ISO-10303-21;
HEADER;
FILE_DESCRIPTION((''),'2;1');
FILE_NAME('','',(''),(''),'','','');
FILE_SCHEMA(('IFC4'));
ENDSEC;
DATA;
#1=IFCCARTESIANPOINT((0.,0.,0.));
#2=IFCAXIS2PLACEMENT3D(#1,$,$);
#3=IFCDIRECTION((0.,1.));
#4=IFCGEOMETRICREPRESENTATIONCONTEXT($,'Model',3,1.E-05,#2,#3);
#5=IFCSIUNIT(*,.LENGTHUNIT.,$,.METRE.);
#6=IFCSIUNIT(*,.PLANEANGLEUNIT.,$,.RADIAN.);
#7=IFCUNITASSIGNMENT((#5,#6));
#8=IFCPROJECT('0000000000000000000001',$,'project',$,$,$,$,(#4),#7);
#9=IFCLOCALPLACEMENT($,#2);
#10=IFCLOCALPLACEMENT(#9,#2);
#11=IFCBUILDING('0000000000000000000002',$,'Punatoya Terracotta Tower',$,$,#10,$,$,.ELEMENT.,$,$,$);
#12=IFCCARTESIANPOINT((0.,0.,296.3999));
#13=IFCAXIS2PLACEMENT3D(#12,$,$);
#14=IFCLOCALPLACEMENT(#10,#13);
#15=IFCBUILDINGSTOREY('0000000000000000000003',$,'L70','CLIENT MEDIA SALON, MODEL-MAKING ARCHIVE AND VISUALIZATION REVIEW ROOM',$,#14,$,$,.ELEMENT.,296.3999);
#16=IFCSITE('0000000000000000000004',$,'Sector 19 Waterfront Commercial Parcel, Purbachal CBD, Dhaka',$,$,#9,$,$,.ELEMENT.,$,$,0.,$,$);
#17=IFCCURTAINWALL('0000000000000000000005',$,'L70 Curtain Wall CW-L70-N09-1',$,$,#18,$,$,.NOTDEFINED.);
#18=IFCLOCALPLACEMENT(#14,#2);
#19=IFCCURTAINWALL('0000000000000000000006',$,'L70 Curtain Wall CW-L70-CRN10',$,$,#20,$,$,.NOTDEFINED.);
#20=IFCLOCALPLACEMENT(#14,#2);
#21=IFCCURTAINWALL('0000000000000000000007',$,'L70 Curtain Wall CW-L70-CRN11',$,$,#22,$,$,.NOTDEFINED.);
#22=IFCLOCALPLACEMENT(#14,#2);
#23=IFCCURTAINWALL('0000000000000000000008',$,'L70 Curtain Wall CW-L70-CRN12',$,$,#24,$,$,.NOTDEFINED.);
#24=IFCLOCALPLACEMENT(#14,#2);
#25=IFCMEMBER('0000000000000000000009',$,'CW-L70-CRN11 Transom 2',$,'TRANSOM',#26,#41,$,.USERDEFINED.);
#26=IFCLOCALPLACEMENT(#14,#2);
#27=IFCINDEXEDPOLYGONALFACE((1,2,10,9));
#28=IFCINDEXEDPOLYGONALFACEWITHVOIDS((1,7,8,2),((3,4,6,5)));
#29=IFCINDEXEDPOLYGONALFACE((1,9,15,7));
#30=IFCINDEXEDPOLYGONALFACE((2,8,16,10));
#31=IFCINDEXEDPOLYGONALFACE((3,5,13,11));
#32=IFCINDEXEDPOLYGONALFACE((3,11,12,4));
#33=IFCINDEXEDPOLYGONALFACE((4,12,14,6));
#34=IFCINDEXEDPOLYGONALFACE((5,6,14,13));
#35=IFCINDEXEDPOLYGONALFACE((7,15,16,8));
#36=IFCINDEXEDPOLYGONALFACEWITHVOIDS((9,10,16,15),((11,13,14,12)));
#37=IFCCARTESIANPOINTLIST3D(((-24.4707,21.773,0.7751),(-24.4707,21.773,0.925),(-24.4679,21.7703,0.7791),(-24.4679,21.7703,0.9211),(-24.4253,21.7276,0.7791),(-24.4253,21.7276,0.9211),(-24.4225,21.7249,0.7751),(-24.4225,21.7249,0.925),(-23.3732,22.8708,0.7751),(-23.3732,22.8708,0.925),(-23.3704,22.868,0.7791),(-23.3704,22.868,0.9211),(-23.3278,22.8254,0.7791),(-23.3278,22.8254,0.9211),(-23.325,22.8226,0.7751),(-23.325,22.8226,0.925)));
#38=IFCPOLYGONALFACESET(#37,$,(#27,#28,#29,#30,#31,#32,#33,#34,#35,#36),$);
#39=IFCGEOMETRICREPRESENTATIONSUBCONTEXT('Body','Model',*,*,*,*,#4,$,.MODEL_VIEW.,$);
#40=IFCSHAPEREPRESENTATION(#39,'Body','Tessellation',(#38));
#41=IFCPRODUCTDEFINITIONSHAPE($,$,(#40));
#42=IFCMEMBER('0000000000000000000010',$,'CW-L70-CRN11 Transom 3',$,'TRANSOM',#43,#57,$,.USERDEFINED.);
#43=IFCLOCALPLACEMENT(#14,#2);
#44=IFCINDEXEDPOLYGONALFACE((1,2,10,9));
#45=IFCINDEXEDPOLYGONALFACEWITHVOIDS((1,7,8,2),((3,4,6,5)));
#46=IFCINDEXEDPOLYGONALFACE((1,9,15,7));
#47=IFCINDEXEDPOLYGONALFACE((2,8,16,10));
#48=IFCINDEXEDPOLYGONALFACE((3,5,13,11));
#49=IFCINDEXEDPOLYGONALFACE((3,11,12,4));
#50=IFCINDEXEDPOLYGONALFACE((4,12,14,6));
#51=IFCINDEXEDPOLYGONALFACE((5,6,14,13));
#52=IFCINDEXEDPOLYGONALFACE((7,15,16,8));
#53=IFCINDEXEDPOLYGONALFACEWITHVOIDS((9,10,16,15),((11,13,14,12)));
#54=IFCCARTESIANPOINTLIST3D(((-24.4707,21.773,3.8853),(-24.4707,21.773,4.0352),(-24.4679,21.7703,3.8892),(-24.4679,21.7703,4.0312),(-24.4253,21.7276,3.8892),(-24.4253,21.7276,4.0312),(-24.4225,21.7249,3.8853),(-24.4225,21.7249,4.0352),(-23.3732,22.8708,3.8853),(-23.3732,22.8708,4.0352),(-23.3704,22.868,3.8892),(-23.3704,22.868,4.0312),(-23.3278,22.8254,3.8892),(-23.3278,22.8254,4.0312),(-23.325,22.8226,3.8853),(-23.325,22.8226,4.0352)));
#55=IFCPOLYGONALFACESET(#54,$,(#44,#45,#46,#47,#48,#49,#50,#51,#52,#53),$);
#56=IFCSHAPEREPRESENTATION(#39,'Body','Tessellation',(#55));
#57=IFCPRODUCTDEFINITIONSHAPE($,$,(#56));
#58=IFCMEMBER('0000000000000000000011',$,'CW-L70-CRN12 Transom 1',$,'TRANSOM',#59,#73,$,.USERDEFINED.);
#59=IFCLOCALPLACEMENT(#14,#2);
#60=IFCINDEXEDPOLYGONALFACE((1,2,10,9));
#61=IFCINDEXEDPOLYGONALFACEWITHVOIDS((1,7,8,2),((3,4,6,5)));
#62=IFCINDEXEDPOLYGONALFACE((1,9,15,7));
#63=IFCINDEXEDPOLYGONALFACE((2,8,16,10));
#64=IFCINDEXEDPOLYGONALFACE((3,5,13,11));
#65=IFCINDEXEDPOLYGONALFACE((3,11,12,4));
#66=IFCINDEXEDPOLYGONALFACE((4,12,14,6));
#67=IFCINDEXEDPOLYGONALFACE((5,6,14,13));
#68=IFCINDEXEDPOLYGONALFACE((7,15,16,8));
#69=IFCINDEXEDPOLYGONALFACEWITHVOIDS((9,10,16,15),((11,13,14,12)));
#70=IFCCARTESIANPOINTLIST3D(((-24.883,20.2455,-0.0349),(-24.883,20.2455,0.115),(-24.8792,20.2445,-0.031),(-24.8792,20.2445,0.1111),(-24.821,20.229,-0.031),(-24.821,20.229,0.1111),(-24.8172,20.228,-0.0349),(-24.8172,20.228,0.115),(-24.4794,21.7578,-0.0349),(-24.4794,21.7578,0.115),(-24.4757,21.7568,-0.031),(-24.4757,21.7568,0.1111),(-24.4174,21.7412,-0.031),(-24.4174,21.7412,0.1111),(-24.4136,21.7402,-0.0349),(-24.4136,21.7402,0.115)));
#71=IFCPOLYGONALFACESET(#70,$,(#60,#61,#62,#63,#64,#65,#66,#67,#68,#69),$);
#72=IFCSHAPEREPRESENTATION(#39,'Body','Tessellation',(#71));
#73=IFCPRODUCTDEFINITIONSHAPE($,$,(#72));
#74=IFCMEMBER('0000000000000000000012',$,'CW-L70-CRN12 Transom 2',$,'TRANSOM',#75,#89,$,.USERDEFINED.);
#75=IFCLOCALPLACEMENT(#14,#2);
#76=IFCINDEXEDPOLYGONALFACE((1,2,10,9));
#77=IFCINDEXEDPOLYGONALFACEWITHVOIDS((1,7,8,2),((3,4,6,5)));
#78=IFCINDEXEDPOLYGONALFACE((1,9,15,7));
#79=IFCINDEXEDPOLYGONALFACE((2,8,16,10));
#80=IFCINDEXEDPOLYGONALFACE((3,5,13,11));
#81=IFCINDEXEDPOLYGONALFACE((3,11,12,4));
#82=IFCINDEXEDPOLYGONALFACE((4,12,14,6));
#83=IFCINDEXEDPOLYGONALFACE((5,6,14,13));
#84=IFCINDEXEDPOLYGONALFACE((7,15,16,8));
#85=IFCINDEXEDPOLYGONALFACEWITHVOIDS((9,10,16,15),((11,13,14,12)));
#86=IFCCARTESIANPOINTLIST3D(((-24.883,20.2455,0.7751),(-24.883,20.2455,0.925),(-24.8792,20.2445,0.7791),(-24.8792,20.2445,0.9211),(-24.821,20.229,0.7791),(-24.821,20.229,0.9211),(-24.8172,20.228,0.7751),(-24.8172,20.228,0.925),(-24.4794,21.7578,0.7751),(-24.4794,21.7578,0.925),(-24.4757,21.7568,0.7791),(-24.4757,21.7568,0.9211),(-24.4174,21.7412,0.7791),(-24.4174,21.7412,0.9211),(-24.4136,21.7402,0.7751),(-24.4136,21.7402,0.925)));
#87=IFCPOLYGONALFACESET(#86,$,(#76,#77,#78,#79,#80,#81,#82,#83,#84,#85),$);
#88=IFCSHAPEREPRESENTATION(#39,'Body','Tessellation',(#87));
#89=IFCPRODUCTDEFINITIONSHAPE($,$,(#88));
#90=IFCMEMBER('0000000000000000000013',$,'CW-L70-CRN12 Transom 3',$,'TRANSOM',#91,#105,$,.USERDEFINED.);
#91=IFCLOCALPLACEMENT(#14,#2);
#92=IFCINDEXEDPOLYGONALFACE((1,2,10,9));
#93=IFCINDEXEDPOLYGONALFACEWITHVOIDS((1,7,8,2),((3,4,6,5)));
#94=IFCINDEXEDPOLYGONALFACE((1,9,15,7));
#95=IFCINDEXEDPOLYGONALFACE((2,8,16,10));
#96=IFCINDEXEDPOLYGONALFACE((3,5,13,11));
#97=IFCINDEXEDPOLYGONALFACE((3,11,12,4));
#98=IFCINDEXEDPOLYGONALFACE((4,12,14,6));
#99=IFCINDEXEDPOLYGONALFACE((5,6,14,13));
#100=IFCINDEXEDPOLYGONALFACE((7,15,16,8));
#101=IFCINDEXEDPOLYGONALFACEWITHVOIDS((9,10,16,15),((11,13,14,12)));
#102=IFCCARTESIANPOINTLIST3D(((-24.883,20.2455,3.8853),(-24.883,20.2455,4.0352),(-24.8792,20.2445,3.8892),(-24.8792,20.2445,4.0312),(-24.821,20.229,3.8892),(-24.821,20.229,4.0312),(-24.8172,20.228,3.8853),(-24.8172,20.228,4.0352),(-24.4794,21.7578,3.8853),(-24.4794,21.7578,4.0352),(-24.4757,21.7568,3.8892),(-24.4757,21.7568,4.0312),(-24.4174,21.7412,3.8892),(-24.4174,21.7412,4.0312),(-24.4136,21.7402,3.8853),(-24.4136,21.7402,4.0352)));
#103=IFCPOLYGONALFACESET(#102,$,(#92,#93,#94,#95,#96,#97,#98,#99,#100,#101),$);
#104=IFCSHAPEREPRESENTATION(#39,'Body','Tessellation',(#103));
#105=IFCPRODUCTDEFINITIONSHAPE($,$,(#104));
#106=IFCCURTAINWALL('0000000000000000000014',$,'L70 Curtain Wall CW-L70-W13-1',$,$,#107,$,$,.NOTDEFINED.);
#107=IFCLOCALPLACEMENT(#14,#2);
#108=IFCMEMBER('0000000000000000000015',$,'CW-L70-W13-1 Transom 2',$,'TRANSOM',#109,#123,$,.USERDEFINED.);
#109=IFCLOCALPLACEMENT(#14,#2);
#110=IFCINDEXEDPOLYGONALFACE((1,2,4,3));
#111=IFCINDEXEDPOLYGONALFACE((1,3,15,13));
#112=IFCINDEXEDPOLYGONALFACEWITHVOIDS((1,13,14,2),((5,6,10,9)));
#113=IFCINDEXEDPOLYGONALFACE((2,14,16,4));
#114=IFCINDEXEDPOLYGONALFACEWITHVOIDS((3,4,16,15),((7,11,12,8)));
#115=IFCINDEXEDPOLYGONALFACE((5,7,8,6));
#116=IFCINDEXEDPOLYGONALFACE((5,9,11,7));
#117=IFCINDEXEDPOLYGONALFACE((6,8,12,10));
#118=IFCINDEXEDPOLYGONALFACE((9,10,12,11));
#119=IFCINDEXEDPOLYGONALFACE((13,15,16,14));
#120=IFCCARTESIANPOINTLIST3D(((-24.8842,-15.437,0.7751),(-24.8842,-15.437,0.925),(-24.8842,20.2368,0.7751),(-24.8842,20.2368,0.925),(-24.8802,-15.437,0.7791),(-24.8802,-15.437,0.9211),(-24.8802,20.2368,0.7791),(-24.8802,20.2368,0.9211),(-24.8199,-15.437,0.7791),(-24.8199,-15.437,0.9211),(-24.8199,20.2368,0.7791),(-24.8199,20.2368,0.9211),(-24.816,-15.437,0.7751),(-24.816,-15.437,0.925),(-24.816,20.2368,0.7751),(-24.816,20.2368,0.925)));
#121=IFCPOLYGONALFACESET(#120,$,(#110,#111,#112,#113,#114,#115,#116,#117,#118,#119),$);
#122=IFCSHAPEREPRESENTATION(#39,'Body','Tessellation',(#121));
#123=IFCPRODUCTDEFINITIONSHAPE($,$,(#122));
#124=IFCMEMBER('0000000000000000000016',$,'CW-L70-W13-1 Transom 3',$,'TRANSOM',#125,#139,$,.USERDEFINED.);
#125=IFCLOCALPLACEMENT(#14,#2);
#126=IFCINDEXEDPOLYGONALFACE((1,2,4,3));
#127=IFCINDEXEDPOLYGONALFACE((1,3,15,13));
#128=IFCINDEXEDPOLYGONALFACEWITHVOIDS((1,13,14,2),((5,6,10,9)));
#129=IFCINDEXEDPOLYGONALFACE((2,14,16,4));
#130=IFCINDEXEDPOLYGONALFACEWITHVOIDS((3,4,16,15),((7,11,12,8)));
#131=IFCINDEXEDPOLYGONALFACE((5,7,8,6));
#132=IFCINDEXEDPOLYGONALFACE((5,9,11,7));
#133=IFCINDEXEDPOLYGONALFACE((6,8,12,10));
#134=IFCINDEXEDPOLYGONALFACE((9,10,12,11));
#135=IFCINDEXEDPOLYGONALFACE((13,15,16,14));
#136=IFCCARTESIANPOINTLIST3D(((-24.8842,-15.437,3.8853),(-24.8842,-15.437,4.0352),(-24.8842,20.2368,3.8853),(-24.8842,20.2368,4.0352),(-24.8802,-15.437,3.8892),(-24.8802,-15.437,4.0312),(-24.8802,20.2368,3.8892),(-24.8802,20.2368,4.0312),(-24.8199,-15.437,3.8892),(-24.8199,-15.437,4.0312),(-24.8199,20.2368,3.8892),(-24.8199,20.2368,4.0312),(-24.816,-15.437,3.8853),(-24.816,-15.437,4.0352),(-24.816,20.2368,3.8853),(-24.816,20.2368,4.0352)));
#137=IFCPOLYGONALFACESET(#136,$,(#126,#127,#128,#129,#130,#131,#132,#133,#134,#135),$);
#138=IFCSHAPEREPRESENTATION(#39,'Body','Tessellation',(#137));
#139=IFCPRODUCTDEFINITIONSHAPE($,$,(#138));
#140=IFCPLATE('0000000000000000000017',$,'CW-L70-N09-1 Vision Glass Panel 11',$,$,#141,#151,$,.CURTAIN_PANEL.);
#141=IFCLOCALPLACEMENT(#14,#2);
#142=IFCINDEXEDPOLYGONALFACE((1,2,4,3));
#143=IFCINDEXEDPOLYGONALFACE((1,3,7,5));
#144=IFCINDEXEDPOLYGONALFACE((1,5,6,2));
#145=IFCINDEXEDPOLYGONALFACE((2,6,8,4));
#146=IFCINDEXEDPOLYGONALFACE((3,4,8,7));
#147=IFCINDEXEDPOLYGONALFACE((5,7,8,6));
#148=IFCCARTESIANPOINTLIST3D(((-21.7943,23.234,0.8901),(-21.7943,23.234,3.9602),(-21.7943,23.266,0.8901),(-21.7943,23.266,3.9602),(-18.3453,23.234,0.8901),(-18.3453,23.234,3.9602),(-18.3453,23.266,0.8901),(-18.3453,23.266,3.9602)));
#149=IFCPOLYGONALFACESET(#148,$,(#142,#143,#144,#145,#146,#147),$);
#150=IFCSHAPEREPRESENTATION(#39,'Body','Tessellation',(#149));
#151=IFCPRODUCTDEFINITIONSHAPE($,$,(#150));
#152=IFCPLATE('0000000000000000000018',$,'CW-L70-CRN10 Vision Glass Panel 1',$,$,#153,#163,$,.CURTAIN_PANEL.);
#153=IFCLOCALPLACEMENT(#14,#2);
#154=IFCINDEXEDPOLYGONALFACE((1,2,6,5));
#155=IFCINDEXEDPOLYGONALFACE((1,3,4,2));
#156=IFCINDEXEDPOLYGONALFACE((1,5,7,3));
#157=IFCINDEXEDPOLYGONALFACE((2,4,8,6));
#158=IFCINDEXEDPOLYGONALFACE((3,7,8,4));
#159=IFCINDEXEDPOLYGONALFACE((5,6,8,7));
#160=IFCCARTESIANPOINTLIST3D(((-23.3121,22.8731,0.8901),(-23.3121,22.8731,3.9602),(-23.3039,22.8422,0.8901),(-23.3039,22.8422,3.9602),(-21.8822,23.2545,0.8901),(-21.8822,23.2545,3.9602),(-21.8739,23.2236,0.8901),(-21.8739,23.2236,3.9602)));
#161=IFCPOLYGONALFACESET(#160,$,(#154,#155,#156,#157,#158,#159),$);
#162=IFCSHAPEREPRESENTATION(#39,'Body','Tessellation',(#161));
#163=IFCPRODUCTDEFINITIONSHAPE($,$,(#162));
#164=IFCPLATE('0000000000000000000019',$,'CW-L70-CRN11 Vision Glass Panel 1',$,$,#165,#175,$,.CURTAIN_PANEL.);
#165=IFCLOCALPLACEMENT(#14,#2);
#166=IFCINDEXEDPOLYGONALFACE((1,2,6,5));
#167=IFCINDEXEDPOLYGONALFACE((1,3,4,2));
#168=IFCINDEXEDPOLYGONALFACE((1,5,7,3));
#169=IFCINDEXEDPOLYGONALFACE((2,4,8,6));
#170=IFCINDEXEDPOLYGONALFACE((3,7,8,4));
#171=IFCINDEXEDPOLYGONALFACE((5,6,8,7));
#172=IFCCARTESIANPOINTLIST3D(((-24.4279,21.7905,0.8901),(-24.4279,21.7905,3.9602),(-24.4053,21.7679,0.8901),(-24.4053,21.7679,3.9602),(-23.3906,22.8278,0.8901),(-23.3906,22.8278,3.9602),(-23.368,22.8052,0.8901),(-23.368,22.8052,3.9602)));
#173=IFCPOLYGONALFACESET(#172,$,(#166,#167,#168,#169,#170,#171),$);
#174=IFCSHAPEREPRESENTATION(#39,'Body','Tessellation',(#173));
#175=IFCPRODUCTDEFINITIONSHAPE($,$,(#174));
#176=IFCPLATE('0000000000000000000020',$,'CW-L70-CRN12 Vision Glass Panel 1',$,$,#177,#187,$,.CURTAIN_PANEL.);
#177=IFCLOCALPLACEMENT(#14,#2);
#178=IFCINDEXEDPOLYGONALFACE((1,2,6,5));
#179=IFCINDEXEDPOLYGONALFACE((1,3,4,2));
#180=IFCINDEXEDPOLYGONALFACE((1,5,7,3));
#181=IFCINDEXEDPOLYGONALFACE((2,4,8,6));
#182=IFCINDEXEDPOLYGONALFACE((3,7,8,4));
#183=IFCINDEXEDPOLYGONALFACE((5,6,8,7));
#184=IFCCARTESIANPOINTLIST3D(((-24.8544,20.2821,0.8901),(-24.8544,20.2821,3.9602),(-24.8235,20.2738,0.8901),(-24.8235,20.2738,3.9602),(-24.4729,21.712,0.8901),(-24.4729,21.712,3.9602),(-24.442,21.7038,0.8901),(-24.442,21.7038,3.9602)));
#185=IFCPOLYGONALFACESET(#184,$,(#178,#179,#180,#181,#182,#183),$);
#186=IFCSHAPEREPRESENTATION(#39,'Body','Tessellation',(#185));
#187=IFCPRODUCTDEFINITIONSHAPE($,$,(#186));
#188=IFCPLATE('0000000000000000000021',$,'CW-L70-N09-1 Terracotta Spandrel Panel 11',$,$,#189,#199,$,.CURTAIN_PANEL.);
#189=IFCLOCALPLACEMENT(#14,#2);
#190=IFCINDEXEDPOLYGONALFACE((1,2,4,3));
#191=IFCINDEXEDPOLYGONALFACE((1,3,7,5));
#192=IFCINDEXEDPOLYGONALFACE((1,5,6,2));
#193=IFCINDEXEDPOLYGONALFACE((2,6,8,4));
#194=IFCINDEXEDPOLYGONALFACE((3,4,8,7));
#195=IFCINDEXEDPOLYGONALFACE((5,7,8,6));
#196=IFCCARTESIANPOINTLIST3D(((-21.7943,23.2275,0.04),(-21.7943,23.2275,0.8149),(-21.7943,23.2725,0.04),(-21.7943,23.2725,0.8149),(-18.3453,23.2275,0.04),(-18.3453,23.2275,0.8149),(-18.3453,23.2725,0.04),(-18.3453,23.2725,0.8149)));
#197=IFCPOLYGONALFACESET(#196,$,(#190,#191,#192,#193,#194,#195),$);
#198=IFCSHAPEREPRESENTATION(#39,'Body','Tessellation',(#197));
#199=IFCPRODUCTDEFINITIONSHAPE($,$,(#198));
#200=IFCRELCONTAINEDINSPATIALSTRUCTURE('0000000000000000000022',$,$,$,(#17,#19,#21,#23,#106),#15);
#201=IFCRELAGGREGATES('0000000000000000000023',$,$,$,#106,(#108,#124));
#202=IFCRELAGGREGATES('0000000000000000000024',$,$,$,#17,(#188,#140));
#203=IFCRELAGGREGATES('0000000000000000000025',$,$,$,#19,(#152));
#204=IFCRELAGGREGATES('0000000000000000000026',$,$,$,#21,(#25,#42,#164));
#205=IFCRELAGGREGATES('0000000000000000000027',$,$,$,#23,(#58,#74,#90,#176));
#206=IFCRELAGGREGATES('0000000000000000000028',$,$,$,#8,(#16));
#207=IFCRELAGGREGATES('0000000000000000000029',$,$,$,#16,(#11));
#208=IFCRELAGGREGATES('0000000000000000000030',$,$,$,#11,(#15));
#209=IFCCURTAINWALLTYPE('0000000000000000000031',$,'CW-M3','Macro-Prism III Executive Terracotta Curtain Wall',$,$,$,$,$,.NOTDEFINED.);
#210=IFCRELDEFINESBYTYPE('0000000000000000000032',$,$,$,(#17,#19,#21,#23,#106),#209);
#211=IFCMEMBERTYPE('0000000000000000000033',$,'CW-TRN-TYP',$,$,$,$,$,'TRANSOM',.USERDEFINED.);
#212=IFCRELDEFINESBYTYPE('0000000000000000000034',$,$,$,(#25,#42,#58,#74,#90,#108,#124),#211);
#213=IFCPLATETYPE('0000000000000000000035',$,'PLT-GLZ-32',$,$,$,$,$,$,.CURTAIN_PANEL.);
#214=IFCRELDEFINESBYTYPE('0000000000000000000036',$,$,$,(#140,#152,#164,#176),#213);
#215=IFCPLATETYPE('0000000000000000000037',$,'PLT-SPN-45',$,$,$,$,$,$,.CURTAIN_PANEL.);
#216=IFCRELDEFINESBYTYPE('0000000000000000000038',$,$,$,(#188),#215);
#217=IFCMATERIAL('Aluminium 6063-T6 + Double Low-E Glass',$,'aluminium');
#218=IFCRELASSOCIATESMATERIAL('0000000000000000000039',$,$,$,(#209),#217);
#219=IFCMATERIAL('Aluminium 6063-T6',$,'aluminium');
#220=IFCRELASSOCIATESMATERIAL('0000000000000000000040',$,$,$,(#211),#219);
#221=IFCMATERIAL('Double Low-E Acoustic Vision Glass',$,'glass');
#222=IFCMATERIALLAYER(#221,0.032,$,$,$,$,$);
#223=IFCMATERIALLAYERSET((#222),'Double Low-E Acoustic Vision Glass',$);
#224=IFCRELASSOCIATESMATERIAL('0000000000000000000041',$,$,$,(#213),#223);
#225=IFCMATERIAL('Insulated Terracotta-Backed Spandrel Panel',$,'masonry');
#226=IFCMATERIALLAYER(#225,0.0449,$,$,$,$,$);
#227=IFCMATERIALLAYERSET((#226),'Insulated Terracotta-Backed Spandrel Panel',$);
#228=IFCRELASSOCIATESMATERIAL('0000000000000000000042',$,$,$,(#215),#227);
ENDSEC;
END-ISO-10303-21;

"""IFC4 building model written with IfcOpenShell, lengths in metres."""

from ifc_helpers import new_model, si_unit, direction, frame, origin, origin_2d, place, context, subcontext, project, spatial, rectangle, hollow_rectangle, extrude, material, layer, layer_set, material_profile, profile_set, type_object, element, aggregate, save


model = new_model("IFC4")

# Units and contexts
model_context = context("Model", 3, precision=1e-05, world=origin(), true_north=direction((0.0, 1.0)))
body_context = subcontext(model_context, "Body", "Model", "MODEL_VIEW")
ifc_project = project(units=[si_unit("LENGTHUNIT", "METRE"), si_unit("PLANEANGLEUNIT", "RADIAN")], contexts=[model_context])

# Site, building, storey
site_placement = place(None, origin())
site = spatial("IfcSite", under=ifc_project, at=site_placement, Name="Sector 19 Waterfront Commercial Parcel, Purbachal CBD, Dhaka", CompositionType="ELEMENT", RefElevation=0.0)
building_placement = place(site_placement, origin())
building = spatial("IfcBuilding", under=site, at=building_placement, Name="Punatoya Terracotta Tower", CompositionType="ELEMENT")
storey_placement = place(building_placement, frame((0.0, 0.0, 296.3999)))
storey = spatial("IfcBuildingStorey", under=building, at=storey_placement, Name="L70", Description="CLIENT MEDIA SALON, MODEL-MAKING ARCHIVE AND VISUALIZATION REVIEW ROOM", CompositionType="ELEMENT", Elevation=296.3999)

# Curtain wall
ifc_material_1 = material(Name="Aluminium 6063-T6 + Double Low-E Glass", Category="aluminium")
curtain_wall_type = type_object("IfcCurtainWallType", Name="CW-M3", Description="Macro-Prism III Executive Terracotta Curtain Wall", PredefinedType="NOTDEFINED", material=ifc_material_1)
curtain_wall_1_placement = place(storey_placement, origin())
curtain_wall_1 = element("IfcCurtainWall", 1, at=curtain_wall_1_placement, inside=storey, type_object=curtain_wall_type, Name="L70 Curtain Wall CW-L70-N09-1", PredefinedType="NOTDEFINED")
ifc_material_2 = material(Name="Aluminium 6063-T6", Category="aluminium")

# Curtain walls
curtain_wall_2_placement = place(storey_placement, origin())
curtain_wall_2 = element("IfcCurtainWall", 2, at=curtain_wall_2_placement, inside=storey, type_object=curtain_wall_type, Name="L70 Curtain Wall CW-L70-CRN10", PredefinedType="NOTDEFINED")
curtain_wall_3_placement = place(storey_placement, origin())
curtain_wall_3 = element("IfcCurtainWall", 3, at=curtain_wall_3_placement, inside=storey, type_object=curtain_wall_type, Name="L70 Curtain Wall CW-L70-CRN11", PredefinedType="NOTDEFINED")
curtain_wall_4_placement = place(storey_placement, origin())
curtain_wall_4 = element("IfcCurtainWall", 4, at=curtain_wall_4_placement, inside=storey, type_object=curtain_wall_type, Name="L70 Curtain Wall CW-L70-CRN12", PredefinedType="NOTDEFINED")

# Members
ifc_material_profile_1 = material_profile(ifc_material_2, hollow_rectangle(XDim=0.0681, YDim=0.1499, WallThickness=0.0039, at=origin_2d()))
ifc_profile_set_1 = profile_set([ifc_material_profile_1], Name="Aluminium 6063-T6")
member_type_1 = type_object("IfcMemberType", Name="CW-TRN-TYP", ElementType="TRANSOM", PredefinedType="USERDEFINED", material=ifc_profile_set_1)
member_1_placement = place(storey_placement, frame((-23.3491, 22.8467, 0.8501), z_axis=(-0.707028, -0.707185, 0.0), x_axis=(0.707185, -0.707028, 0.0)))
member_1 = element("IfcMember", 5, at=member_1_placement, type_object=member_type_1, Name="CW-L70-CRN11 Transom 2", ObjectType="TRANSOM", PredefinedType="USERDEFINED", context=body_context, shape_type="SweptSolid", body=[
    extrude(hollow_rectangle(XDim=0.0681, YDim=0.1499, WallThickness=0.0039, at=origin_2d()), origin(), (0.0, 0.0, 1.0), 1.5522),
])
member_2_placement = place(storey_placement, frame((-23.3491, 22.8467, 3.9602), z_axis=(-0.707028, -0.707185, 0.0), x_axis=(0.707185, -0.707028, 0.0)))
member_2 = element("IfcMember", 6, at=member_2_placement, type_object=member_type_1, Name="CW-L70-CRN11 Transom 3", ObjectType="TRANSOM", PredefinedType="USERDEFINED", context=body_context, shape_type="SweptSolid", body=[
    extrude(hollow_rectangle(XDim=0.0681, YDim=0.1499, WallThickness=0.0039, at=origin_2d()), origin(), (0.0, 0.0, 1.0), 1.5522),
])
member_3_placement = place(storey_placement, frame((-24.4465, 21.749, 0.04), z_axis=(-0.257847, -0.966186, 0.0), x_axis=(0.966186, -0.257847, 0.0)))
member_3 = element("IfcMember", 7, at=member_3_placement, type_object=member_type_1, Name="CW-L70-CRN12 Transom 1", ObjectType="TRANSOM", PredefinedType="USERDEFINED", context=body_context, shape_type="SweptSolid", body=[
    extrude(hollow_rectangle(XDim=0.0681, YDim=0.1499, WallThickness=0.0039, at=origin_2d()), origin(), (0.0, 0.0, 1.0), 1.5652),
])
member_4_placement = place(storey_placement, frame((-24.4465, 21.749, 0.8501), z_axis=(-0.257847, -0.966186, 0.0), x_axis=(0.966186, -0.257847, 0.0)))
member_4 = element("IfcMember", 8, at=member_4_placement, type_object=member_type_1, Name="CW-L70-CRN12 Transom 2", ObjectType="TRANSOM", PredefinedType="USERDEFINED", context=body_context, shape_type="SweptSolid", body=[
    extrude(hollow_rectangle(XDim=0.0681, YDim=0.1499, WallThickness=0.0039, at=origin_2d()), origin(), (0.0, 0.0, 1.0), 1.5652),
])
member_5_placement = place(storey_placement, frame((-24.4465, 21.749, 3.9602), z_axis=(-0.257847, -0.966186, 0.0), x_axis=(0.966186, -0.257847, 0.0)))
member_5 = element("IfcMember", 9, at=member_5_placement, type_object=member_type_1, Name="CW-L70-CRN12 Transom 3", ObjectType="TRANSOM", PredefinedType="USERDEFINED", context=body_context, shape_type="SweptSolid", body=[
    extrude(hollow_rectangle(XDim=0.0681, YDim=0.1499, WallThickness=0.0039, at=origin_2d()), origin(), (0.0, 0.0, 1.0), 1.5652),
])

# Curtain wall, members
curtain_wall_5_placement = place(storey_placement, origin())
curtain_wall_5 = element("IfcCurtainWall", 10, at=curtain_wall_5_placement, inside=storey, type_object=curtain_wall_type, Name="L70 Curtain Wall CW-L70-W13-1", PredefinedType="NOTDEFINED")
member_6_placement = place(storey_placement, frame((-24.8501, 20.2368, 0.8501), z_axis=(0.0, -1.0, 0.0), x_axis=(1.0, 0.0, 0.0)))
member_6 = element("IfcMember", 11, at=member_6_placement, type_object=member_type_1, Name="CW-L70-W13-1 Transom 2", ObjectType="TRANSOM", PredefinedType="USERDEFINED", context=body_context, shape_type="SweptSolid", body=[
    extrude(hollow_rectangle(XDim=0.0681, YDim=0.1499, WallThickness=0.0039, at=origin_2d()), origin(), (0.0, 0.0, 1.0), 35.6738),
])
member_7_placement = place(storey_placement, frame((-24.8501, 20.2368, 3.9602), z_axis=(0.0, -1.0, 0.0), x_axis=(1.0, 0.0, 0.0)))
member_7 = element("IfcMember", 12, at=member_7_placement, type_object=member_type_1, Name="CW-L70-W13-1 Transom 3", ObjectType="TRANSOM", PredefinedType="USERDEFINED", context=body_context, shape_type="SweptSolid", body=[
    extrude(hollow_rectangle(XDim=0.0681, YDim=0.1499, WallThickness=0.0039, at=origin_2d()), origin(), (0.0, 0.0, 1.0), 35.6738),
])
aggregate(curtain_wall_5, [member_6, member_7])

# Plates
ifc_material_3 = material(Name="Double Low-E Acoustic Vision Glass", Category="glass")
ifc_layer_1 = layer(ifc_material_3, 0.032)
ifc_layer_set_1 = layer_set([ifc_layer_1], Name="Double Low-E Acoustic Vision Glass")
plate_type_1 = type_object("IfcPlateType", Name="PLT-GLZ-32", PredefinedType="CURTAIN_PANEL", material=ifc_layer_set_1)
plate_1_placement = place(storey_placement, frame((-20.0698, 23.25, 0.8901), z_axis=(0.0, 0.0, 1.0), x_axis=(-1.0, 0.0, 0.0)))
plate_1 = element("IfcPlate", 13, at=plate_1_placement, type_object=plate_type_1, Name="CW-L70-N09-1 Vision Glass Panel 11", PredefinedType="CURTAIN_PANEL", context=body_context, shape_type="SweptSolid", body=[
    extrude(rectangle(XDim=3.449, YDim=0.032, at=origin_2d()), origin(), (0.0, 0.0, 1.0), 3.0701),
])
plate_2_placement = place(storey_placement, frame((-22.593, 23.0483, 0.8901), z_axis=(0.0, 0.0, 1.0), x_axis=(-0.966214, -0.257742, 0.0)))
plate_2 = element("IfcPlate", 14, at=plate_2_placement, type_object=plate_type_1, Name="CW-L70-CRN10 Vision Glass Panel 1", PredefinedType="CURTAIN_PANEL", context=body_context, shape_type="SweptSolid", body=[
    extrude(rectangle(XDim=1.48, YDim=0.032, at=origin_2d()), origin(), (0.0, 0.0, 1.0), 3.0701),
])
plate_3_placement = place(storey_placement, frame((-23.8979, 22.2979, 0.8901), z_axis=(0.0, 0.0, 1.0), x_axis=(-0.707107, -0.707107, 0.0)))
plate_3 = element("IfcPlate", 15, at=plate_3_placement, type_object=plate_type_1, Name="CW-L70-CRN11 Vision Glass Panel 1", PredefinedType="CURTAIN_PANEL", context=body_context, shape_type="SweptSolid", body=[
    extrude(rectangle(XDim=1.467, YDim=0.032, at=origin_2d()), origin(), (0.0, 0.0, 1.0), 3.0701),
])
plate_4_placement = place(storey_placement, frame((-24.6482, 20.9929, 0.8901), z_axis=(0.0, 0.0, 1.0), x_axis=(-0.257742, -0.966214, 0.0)))
plate_4 = element("IfcPlate", 16, at=plate_4_placement, type_object=plate_type_1, Name="CW-L70-CRN12 Vision Glass Panel 1", PredefinedType="CURTAIN_PANEL", context=body_context, shape_type="SweptSolid", body=[
    extrude(rectangle(XDim=1.48, YDim=0.032, at=origin_2d()), origin(), (0.0, 0.0, 1.0), 3.0701),
])
ifc_material_4 = material(Name="Insulated Terracotta-Backed Spandrel Panel", Category="masonry")
ifc_layer_2 = layer(ifc_material_4, 0.0449)
ifc_layer_set_2 = layer_set([ifc_layer_2], Name="Insulated Terracotta-Backed Spandrel Panel")
plate_type_2 = type_object("IfcPlateType", Name="PLT-SPN-45", PredefinedType="CURTAIN_PANEL", material=ifc_layer_set_2)
plate_5_placement = place(storey_placement, frame((-20.0698, 23.25, 0.04), z_axis=(0.0, 0.0, 1.0), x_axis=(-1.0, 0.0, 0.0)))
plate_5 = element("IfcPlate", 17, at=plate_5_placement, type_object=plate_type_2, Name="CW-L70-N09-1 Terracotta Spandrel Panel 11", PredefinedType="CURTAIN_PANEL", context=body_context, shape_type="SweptSolid", body=[
    extrude(rectangle(XDim=3.449, YDim=0.0449, at=origin_2d()), origin(), (0.0, 0.0, 1.0), 0.7749),
])
aggregate(curtain_wall_1, [plate_5, plate_1])
aggregate(curtain_wall_2, [plate_2])
aggregate(curtain_wall_3, [member_1, member_2, plate_3])
aggregate(curtain_wall_4, [member_3, member_4, member_5, plate_4])

save(model, "model.ifc")
